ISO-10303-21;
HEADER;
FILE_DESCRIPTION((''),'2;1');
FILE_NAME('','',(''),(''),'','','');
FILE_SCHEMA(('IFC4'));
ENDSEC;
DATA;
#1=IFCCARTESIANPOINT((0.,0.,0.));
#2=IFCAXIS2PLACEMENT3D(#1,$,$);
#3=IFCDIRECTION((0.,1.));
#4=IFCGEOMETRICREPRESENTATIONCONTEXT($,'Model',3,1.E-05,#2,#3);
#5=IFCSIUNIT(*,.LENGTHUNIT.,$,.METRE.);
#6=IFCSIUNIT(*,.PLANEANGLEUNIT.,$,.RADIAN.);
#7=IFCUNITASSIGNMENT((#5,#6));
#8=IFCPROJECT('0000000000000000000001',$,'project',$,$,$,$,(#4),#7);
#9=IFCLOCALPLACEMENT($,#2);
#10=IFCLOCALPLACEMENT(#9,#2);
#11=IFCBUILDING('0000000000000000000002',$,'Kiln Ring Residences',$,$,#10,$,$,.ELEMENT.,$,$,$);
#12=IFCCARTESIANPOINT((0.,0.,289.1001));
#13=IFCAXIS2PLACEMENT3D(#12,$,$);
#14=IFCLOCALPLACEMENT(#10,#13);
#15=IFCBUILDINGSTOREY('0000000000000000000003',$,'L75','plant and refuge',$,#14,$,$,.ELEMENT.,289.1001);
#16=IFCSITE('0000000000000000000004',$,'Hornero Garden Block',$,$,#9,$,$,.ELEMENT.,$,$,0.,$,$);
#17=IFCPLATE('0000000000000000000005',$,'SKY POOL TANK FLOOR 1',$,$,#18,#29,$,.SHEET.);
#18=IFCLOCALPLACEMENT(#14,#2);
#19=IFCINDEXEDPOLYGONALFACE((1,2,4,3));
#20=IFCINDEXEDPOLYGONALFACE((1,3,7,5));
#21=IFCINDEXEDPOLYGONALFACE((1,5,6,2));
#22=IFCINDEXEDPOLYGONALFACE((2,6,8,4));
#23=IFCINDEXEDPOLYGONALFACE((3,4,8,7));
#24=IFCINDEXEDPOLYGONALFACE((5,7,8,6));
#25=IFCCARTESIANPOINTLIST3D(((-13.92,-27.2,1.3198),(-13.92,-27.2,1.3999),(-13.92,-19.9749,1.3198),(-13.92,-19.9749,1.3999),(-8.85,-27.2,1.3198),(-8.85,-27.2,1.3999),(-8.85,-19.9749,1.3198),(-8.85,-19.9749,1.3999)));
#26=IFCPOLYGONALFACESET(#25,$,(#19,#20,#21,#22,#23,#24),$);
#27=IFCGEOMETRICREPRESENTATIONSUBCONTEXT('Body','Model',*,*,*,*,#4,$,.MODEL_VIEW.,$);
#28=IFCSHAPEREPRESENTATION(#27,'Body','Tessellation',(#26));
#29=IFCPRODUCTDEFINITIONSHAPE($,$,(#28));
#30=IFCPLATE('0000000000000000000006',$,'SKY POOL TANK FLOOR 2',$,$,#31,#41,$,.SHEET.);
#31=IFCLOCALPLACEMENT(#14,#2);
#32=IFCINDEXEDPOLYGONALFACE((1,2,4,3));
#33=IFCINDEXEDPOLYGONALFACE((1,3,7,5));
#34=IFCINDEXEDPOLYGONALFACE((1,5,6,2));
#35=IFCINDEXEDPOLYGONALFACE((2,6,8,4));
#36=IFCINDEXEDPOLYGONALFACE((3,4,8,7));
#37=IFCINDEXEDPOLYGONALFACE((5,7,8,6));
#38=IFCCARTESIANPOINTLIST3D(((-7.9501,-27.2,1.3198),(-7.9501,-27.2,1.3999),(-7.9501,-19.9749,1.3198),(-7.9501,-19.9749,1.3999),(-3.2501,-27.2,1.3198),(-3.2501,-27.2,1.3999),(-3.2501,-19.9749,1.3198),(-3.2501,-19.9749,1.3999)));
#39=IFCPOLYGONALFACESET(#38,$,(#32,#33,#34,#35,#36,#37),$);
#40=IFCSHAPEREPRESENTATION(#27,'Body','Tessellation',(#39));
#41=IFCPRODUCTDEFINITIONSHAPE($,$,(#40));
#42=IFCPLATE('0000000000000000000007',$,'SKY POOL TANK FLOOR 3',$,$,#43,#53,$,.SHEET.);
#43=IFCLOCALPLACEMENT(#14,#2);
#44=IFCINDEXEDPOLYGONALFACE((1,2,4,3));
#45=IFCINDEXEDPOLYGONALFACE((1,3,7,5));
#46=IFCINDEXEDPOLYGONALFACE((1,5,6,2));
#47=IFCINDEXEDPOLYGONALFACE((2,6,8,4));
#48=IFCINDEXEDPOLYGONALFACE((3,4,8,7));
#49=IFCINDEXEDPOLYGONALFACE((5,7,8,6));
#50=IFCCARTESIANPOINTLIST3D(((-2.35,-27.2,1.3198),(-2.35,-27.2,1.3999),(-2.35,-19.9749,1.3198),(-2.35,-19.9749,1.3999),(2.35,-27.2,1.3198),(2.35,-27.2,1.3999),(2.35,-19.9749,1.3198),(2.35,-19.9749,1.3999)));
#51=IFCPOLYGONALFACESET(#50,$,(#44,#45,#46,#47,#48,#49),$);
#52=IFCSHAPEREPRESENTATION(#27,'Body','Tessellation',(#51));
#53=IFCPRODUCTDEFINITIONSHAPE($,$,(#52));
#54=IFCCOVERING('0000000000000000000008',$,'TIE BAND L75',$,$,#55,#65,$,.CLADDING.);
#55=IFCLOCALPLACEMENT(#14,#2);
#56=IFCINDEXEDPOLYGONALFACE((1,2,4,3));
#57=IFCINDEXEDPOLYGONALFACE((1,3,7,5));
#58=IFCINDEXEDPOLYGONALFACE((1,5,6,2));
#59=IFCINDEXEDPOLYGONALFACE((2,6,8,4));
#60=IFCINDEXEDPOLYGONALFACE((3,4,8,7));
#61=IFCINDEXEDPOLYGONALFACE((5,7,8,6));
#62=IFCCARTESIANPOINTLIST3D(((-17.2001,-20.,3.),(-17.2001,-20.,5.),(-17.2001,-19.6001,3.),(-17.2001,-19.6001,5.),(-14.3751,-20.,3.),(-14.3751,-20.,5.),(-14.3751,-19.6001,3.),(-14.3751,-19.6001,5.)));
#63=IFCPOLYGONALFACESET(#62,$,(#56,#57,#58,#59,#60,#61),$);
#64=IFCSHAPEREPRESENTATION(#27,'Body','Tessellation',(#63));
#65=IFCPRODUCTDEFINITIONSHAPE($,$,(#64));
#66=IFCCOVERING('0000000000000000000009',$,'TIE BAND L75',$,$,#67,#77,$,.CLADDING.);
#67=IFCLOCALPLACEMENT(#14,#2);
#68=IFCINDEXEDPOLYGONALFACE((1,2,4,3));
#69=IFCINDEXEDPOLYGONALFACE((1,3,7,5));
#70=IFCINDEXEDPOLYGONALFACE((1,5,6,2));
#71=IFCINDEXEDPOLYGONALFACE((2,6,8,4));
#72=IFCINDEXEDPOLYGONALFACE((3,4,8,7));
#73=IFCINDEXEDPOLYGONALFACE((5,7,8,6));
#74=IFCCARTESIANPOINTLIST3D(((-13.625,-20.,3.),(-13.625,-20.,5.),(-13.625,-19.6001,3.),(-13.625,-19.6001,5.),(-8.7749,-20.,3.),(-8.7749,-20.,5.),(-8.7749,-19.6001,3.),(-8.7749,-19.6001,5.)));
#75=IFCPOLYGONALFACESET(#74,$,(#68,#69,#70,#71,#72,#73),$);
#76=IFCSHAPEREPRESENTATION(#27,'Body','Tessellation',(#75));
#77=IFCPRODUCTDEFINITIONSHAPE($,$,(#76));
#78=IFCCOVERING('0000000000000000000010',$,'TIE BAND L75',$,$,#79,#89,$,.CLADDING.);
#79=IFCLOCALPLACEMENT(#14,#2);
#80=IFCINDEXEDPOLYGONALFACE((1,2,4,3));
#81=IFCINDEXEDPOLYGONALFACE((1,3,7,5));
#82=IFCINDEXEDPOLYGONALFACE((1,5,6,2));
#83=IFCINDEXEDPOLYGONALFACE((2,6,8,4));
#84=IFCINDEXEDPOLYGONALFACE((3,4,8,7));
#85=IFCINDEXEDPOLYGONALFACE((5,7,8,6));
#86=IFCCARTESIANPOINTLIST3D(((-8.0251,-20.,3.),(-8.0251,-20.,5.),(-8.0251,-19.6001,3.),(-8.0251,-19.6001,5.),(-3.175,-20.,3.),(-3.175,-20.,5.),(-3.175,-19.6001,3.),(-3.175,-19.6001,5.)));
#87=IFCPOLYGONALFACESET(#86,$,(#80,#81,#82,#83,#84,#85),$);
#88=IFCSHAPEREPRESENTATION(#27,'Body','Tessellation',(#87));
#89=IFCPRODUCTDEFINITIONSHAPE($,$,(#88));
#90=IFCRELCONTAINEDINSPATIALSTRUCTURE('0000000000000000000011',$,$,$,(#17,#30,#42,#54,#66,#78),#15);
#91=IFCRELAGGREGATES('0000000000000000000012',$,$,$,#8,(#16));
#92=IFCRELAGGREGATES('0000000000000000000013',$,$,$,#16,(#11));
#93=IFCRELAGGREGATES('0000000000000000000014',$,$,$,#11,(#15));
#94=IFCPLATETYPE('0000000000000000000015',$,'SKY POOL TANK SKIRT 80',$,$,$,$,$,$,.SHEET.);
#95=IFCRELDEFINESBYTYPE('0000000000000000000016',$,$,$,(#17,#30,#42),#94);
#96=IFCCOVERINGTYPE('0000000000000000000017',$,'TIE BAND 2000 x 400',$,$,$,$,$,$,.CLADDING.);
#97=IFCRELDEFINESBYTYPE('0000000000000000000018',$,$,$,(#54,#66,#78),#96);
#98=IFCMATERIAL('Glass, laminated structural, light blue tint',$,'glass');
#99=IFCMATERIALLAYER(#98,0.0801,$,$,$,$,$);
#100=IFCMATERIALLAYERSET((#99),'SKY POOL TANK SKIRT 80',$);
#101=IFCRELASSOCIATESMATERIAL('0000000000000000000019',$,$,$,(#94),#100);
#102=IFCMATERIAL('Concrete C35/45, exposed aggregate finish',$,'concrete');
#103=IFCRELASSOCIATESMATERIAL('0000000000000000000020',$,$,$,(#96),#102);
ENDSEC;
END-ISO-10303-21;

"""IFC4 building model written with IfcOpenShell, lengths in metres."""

from ifc_helpers import new_model, si_unit, direction, frame, origin, origin_2d, place, context, subcontext, project, spatial, rectangle, extrude, material, layer, layer_set, type_object, element, save


model = new_model("IFC4")

# Units and contexts
model_context = context("Model", 3, precision=1e-05, world=origin(), true_north=direction((0.0, 1.0)))
body_context = subcontext(model_context, "Body", "Model", "MODEL_VIEW")
ifc_project = project(units=[si_unit("LENGTHUNIT", "METRE"), si_unit("PLANEANGLEUNIT", "RADIAN")], contexts=[model_context])

# Site, building, storey
site_placement = place(None, origin())
site = spatial("IfcSite", under=ifc_project, at=site_placement, Name="Hornero Garden Block", CompositionType="ELEMENT", RefElevation=0.0)
building_placement = place(site_placement, origin())
building = spatial("IfcBuilding", under=site, at=building_placement, Name="Kiln Ring Residences", CompositionType="ELEMENT")
storey_placement = place(building_placement, frame((0.0, 0.0, 289.1001)))
storey = spatial("IfcBuildingStorey", under=building, at=storey_placement, Name="L75", Description="plant and refuge", CompositionType="ELEMENT", Elevation=289.1001)

# Plates
ifc_material_1 = material(Name="Glass, laminated structural, light blue tint", Category="glass")
ifc_layer_1 = layer(ifc_material_1, 0.0801)
ifc_layer_set_1 = layer_set([ifc_layer_1], Name="SKY POOL TANK SKIRT 80")
plate_type_1 = type_object("IfcPlateType", Name="SKY POOL TANK SKIRT 80", PredefinedType="SHEET", material=ifc_layer_set_1)
plate_placement = place(storey_placement, frame((-11.385, -23.5874, 1.3198), z_axis=(0.0, 0.0, 1.0), x_axis=(1.0, 0.0, 0.0)))
element("IfcPlate", 1, at=plate_placement, inside=storey, type_object=plate_type_1, Name="SKY POOL TANK FLOOR 1", PredefinedType="SHEET", context=body_context, shape_type="SweptSolid", body=[
    extrude(rectangle(XDim=5.0701, YDim=7.2251, at=origin_2d()), origin(), (0.0, 0.0, 1.0), 0.0801),
])
for number, where, z_axis, x_axis, name in (
    (2, (-5.6001, -23.5874, 1.3198), (0.0, 0.0, 1.0), (1.0, 0.0, 0.0), "SKY POOL TANK FLOOR 2"),
    (3, (0.0, -23.5874, 1.3198), (0.0, 0.0, 1.0), (1.0, 0.0, 0.0), "SKY POOL TANK FLOOR 3"),
):
    element("IfcPlate", number, at=place(storey_placement, frame(where, z_axis=z_axis, x_axis=x_axis)), inside=storey, type_object=plate_type_1, Name=name, PredefinedType="SHEET", context=body_context, shape_type="SweptSolid", body=[
        extrude(rectangle(XDim=4.7, YDim=7.2251, at=origin_2d()), origin(), (0.0, 0.0, 1.0), 0.0801),
    ])

# Coverings
ifc_material_2 = material(Name="Concrete C35/45, exposed aggregate finish", Category="concrete")
covering_type = type_object("IfcCoveringType", Name="TIE BAND 2000 x 400", PredefinedType="CLADDING", material=ifc_material_2)
covering_placement = place(storey_placement, frame((-15.7876, -19.8, 3.0), z_axis=(0.0, 0.0, 1.0), x_axis=(1.0, 0.0, 0.0)))
element("IfcCovering", 4, at=covering_placement, inside=storey, type_object=covering_type, Name="TIE BAND L75", PredefinedType="CLADDING", context=body_context, shape_type="SweptSolid", body=[
    extrude(rectangle(XDim=2.825, YDim=0.3999, at=origin_2d()), origin(), (0.0, 0.0, 1.0), 2.0),
])
for number, where, z_axis, x_axis, name in (
    (5, (-11.2, -19.8, 3.0), (0.0, 0.0, 1.0), (1.0, 0.0, 0.0), "TIE BAND L75"),
    (6, (-5.6001, -19.8, 3.0), (0.0, 0.0, 1.0), (1.0, 0.0, 0.0), "TIE BAND L75"),
):
    element("IfcCovering", number, at=place(storey_placement, frame(where, z_axis=z_axis, x_axis=x_axis)), inside=storey, type_object=covering_type, Name=name, PredefinedType="CLADDING", context=body_context, shape_type="SweptSolid", body=[
        extrude(rectangle(XDim=4.8501, YDim=0.3999, at=origin_2d()), origin(), (0.0, 0.0, 1.0), 2.0),
    ])

save(model, "model.ifc")
